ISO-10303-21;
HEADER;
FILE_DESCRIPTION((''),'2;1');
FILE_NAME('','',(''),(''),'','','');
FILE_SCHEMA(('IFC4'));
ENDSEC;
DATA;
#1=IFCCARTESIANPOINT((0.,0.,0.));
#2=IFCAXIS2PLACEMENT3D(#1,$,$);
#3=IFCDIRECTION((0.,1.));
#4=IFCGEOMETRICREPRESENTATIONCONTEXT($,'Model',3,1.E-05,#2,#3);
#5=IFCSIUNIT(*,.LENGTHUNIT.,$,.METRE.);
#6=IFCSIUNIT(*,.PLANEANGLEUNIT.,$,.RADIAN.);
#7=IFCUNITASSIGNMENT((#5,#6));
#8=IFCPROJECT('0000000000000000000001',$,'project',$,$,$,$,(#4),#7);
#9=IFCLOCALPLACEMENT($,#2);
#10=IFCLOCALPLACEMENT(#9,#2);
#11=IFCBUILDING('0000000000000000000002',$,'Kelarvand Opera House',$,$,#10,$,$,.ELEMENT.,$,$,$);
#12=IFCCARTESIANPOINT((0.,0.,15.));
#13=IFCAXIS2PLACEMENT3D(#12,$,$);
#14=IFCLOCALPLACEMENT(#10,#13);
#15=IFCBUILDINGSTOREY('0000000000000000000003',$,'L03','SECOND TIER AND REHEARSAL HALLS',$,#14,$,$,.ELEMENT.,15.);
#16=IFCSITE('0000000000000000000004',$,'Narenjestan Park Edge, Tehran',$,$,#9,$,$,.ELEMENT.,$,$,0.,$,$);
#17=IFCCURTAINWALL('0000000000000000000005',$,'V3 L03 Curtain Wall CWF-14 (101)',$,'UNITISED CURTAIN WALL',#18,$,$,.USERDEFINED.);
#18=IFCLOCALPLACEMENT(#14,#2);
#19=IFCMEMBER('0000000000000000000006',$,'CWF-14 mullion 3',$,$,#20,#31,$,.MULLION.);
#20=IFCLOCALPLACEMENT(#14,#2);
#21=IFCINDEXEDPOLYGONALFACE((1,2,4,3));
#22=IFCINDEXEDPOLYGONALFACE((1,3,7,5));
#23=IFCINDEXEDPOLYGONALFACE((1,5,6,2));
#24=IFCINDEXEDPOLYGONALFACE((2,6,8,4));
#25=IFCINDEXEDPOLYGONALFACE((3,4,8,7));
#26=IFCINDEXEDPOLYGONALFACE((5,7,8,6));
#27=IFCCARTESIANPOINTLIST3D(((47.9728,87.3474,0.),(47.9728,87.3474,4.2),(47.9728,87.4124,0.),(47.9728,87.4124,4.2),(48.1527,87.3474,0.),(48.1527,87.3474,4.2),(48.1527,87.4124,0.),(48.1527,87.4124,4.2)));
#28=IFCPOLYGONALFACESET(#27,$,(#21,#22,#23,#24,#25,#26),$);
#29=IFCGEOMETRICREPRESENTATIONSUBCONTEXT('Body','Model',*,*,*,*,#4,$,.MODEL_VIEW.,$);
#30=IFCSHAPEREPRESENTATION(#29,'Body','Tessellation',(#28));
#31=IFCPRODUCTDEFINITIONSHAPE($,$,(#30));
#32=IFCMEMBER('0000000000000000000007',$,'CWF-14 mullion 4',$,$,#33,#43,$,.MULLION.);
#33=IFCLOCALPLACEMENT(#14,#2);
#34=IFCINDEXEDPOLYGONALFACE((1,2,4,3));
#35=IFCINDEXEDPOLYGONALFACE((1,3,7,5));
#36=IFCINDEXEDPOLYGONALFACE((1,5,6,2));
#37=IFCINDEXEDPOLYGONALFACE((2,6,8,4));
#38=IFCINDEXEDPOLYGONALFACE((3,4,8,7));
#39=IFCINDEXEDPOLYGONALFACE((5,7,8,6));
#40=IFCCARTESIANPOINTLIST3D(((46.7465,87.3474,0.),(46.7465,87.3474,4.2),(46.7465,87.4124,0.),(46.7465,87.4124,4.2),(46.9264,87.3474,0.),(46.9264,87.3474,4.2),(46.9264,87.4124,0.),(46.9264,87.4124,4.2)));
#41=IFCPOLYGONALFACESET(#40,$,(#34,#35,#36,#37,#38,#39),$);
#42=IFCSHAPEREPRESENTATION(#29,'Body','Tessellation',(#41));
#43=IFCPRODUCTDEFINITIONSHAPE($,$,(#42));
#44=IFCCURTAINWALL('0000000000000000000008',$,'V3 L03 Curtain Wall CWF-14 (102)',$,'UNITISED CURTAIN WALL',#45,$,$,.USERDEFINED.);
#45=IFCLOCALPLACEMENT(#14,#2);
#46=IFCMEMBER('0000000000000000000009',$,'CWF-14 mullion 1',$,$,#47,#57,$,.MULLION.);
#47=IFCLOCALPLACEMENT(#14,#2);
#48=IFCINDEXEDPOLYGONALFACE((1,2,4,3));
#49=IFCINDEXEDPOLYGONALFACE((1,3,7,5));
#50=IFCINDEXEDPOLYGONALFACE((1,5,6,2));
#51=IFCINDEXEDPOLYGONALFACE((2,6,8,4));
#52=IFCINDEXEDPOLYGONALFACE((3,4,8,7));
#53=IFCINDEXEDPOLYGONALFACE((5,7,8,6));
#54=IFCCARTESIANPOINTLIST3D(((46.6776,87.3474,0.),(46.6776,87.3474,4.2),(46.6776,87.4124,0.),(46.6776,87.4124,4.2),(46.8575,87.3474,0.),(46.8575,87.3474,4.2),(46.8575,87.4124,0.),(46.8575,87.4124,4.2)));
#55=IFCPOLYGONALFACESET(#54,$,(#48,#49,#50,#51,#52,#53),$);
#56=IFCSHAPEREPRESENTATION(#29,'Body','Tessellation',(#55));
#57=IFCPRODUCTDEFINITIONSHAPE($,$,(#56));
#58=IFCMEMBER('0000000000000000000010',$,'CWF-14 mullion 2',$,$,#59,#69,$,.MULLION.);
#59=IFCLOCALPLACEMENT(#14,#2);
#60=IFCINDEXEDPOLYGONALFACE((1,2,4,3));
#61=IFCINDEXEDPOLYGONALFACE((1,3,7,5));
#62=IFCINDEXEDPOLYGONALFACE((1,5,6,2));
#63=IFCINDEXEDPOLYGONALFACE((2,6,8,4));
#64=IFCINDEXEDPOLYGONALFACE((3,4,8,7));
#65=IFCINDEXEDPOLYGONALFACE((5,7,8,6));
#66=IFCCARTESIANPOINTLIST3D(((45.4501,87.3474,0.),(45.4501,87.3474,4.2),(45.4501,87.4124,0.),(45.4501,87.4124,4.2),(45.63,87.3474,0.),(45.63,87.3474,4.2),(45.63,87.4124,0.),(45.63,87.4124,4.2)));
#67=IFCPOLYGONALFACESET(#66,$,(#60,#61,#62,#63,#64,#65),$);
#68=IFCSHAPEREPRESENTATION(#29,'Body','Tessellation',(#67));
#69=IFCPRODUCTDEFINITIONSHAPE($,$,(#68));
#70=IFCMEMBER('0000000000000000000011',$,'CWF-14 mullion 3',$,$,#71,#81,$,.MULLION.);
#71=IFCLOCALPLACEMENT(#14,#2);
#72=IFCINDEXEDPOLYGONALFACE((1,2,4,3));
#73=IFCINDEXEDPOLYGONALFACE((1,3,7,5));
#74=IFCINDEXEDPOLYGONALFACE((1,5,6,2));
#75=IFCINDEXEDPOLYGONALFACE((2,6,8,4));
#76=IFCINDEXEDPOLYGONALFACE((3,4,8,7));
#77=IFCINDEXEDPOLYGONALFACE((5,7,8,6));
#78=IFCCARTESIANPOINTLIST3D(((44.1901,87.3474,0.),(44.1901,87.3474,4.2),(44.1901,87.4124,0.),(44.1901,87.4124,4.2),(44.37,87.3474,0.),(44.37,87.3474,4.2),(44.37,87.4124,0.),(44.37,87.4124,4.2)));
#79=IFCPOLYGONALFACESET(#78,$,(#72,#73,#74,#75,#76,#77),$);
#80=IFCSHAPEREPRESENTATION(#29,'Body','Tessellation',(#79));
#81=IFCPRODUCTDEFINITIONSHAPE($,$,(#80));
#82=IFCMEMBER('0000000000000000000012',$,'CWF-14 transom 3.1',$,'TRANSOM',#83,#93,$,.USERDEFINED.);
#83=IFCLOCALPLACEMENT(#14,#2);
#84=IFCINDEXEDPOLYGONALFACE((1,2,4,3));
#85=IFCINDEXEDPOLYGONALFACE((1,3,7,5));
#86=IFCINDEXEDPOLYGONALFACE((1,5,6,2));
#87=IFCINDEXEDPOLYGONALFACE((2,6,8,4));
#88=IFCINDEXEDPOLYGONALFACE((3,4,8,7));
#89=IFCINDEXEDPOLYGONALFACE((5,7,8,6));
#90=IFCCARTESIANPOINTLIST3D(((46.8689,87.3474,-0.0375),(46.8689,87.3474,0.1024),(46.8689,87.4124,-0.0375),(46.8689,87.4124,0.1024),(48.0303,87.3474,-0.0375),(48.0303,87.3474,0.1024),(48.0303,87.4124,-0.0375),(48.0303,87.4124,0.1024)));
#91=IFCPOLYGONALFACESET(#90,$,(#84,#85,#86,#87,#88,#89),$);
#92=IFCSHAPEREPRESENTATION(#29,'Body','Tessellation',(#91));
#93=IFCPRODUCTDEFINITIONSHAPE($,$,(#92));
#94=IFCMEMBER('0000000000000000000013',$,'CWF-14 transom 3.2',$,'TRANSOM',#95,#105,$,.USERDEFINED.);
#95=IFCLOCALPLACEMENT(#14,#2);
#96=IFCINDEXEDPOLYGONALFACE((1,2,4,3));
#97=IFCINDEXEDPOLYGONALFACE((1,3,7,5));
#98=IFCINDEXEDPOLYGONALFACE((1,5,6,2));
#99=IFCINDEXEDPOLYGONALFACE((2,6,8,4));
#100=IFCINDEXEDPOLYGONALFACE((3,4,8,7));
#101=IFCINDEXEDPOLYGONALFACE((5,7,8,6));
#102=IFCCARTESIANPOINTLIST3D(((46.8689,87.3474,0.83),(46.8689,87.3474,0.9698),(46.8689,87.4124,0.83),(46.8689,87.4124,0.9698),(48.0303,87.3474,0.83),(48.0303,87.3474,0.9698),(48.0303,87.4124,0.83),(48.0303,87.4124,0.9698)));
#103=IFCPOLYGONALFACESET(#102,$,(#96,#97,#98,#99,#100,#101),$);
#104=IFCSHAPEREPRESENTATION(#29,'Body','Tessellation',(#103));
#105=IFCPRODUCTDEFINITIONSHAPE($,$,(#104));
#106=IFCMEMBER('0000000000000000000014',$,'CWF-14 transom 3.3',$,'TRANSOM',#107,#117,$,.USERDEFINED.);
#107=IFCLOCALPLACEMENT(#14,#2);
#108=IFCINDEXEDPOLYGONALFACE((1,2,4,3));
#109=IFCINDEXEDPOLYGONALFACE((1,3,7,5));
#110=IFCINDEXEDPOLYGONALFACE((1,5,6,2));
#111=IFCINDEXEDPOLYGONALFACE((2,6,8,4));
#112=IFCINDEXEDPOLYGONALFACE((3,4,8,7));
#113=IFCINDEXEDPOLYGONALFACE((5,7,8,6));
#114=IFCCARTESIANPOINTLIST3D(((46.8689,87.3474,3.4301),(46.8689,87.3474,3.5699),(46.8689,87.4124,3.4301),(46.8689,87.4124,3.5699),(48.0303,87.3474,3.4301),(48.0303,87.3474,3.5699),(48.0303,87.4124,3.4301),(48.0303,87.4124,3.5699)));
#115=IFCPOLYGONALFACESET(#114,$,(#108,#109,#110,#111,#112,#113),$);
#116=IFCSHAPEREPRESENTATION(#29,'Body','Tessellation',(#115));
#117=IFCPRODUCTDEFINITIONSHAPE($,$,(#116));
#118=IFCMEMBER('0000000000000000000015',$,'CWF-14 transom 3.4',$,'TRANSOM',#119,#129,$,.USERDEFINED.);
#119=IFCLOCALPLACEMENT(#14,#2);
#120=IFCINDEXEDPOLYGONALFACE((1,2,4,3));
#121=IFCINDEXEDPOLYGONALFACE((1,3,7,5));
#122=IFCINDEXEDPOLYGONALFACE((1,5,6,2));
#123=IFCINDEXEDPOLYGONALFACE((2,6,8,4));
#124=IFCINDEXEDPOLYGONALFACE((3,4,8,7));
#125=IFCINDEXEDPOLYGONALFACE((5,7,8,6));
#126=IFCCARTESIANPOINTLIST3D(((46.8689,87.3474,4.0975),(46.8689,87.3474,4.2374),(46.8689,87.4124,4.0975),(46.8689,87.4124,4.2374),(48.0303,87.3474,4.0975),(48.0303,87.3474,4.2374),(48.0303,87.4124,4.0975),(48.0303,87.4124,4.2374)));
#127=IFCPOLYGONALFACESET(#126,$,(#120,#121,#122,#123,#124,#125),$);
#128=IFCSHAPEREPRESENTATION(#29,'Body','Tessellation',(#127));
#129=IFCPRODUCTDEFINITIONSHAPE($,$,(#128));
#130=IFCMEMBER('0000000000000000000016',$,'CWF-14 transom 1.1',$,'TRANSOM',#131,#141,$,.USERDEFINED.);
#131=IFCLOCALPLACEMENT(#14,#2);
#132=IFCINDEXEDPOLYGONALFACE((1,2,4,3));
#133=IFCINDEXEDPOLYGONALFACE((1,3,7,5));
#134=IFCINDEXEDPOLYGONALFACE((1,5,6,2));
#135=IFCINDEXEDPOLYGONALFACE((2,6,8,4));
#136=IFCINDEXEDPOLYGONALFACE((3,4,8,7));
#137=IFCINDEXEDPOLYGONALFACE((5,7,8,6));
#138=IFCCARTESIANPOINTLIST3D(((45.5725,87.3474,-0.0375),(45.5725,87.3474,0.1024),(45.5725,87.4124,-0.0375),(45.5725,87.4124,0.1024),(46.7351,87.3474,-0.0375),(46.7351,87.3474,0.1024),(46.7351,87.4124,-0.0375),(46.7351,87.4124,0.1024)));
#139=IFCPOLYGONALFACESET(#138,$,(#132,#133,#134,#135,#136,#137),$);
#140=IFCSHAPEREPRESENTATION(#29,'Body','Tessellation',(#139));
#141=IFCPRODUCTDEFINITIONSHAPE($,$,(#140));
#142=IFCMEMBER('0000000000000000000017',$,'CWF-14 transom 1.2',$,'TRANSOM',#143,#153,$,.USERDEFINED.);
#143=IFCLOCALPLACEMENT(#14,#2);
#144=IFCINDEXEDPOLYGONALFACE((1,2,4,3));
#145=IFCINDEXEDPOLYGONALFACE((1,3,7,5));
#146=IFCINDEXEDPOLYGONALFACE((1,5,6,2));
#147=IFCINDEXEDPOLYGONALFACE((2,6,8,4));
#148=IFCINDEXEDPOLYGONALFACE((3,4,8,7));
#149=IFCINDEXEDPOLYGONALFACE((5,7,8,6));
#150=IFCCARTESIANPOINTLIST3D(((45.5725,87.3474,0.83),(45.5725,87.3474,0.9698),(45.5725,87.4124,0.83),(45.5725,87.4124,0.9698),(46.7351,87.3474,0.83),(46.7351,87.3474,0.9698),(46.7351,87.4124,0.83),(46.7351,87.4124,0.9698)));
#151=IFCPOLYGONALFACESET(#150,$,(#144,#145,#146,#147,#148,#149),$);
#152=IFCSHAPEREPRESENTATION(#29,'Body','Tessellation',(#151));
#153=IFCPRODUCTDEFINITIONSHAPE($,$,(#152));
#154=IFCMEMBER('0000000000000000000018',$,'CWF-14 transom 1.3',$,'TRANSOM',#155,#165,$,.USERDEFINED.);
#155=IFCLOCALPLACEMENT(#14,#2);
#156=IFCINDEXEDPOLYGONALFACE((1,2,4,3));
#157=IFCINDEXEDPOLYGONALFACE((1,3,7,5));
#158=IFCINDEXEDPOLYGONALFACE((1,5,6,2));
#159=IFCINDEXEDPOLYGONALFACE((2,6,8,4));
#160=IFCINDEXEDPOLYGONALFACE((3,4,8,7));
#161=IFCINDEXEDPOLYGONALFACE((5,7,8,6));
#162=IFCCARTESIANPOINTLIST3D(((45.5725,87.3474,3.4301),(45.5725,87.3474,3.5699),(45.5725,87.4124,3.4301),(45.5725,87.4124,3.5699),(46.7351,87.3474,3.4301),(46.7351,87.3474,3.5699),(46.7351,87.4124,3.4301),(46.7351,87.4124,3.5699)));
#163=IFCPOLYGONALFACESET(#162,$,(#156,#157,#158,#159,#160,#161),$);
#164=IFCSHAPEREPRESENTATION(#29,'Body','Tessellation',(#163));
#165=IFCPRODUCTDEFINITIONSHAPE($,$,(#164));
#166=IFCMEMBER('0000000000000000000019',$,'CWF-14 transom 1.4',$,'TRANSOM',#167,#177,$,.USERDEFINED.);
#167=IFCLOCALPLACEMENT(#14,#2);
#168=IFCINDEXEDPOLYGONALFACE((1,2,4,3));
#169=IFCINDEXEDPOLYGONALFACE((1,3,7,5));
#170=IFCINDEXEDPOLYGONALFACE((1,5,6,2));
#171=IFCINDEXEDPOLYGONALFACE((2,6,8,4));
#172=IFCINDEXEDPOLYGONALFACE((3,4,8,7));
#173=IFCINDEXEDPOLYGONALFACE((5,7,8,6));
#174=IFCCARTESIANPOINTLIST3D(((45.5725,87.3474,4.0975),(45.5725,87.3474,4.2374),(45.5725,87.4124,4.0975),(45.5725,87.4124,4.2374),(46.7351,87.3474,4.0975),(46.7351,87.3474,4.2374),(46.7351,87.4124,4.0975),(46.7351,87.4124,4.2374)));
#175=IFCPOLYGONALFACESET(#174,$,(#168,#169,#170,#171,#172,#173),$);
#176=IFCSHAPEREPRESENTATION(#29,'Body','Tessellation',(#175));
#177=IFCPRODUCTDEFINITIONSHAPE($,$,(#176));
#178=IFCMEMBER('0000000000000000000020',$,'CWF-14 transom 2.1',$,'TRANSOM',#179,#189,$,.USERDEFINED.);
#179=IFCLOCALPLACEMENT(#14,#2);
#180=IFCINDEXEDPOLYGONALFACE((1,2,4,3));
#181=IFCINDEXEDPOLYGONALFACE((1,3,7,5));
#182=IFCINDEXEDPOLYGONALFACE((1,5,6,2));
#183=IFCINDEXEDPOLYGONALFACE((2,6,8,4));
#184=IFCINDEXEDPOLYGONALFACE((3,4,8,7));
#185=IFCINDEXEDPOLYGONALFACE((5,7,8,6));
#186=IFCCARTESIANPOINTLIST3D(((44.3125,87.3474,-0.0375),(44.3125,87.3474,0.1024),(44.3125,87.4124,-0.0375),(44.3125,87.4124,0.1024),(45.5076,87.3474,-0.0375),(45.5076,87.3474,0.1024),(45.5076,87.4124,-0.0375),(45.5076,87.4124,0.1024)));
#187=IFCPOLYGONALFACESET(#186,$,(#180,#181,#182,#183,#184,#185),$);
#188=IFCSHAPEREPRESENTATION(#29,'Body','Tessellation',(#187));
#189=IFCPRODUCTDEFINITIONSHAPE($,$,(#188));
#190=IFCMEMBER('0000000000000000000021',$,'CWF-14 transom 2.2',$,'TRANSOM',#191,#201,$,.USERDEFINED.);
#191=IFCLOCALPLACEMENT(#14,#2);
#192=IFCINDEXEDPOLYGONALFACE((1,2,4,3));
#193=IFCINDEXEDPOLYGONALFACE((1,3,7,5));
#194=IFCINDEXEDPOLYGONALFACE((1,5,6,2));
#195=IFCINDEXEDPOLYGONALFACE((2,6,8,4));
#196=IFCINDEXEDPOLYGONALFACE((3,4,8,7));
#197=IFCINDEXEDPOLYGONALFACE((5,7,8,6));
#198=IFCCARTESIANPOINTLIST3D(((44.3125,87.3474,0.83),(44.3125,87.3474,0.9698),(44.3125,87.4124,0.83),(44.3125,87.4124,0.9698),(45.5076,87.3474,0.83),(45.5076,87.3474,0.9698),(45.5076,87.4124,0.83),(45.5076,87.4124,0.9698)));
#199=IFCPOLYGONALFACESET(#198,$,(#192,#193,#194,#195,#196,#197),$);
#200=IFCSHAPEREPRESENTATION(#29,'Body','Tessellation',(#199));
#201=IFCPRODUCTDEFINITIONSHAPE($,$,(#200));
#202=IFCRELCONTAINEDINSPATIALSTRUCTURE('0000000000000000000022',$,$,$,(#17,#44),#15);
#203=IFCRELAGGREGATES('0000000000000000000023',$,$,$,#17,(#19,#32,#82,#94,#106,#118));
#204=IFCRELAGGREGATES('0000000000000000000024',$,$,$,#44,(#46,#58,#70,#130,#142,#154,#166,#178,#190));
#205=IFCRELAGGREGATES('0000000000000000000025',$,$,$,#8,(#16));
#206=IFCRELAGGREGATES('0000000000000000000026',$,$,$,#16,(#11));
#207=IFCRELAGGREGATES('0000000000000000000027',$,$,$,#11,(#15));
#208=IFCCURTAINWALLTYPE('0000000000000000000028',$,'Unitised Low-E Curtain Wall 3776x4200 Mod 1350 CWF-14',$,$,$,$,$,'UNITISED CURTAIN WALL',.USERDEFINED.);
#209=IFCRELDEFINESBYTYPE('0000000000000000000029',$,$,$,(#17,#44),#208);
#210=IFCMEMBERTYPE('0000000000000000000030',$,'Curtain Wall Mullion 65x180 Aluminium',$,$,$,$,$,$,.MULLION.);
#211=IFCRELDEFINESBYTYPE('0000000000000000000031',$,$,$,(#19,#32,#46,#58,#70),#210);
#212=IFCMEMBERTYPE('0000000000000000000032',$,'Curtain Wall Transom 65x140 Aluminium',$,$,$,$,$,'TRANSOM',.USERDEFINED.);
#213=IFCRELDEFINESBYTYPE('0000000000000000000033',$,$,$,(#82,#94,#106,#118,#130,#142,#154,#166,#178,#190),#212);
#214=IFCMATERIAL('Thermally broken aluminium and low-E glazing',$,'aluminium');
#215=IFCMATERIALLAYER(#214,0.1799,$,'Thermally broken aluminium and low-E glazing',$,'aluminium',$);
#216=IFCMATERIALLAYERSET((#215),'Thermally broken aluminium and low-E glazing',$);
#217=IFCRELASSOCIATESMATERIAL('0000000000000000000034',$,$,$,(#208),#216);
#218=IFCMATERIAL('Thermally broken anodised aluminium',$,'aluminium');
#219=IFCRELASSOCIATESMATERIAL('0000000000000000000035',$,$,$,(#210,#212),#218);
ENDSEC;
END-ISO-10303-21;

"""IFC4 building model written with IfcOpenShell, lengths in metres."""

from ifc_helpers import new_model, si_unit, direction, frame, origin, origin_2d, place, context, subcontext, project, spatial, rectangle, extrude, material, layer, layer_set, material_profile, profile_set, type_object, element, aggregate, save


model = new_model("IFC4")

# Units and contexts
model_context = context("Model", 3, precision=1e-05, world=origin(), true_north=direction((0.0, 1.0)))
body_context = subcontext(model_context, "Body", "Model", "MODEL_VIEW")
ifc_project = project(units=[si_unit("LENGTHUNIT", "METRE"), si_unit("PLANEANGLEUNIT", "RADIAN")], contexts=[model_context])

# Site, building, storey
site_placement = place(None, origin())
site = spatial("IfcSite", under=ifc_project, at=site_placement, Name="Narenjestan Park Edge, Tehran", CompositionType="ELEMENT", RefElevation=0.0)
building_placement = place(site_placement, origin())
building = spatial("IfcBuilding", under=site, at=building_placement, Name="Kelarvand Opera House", CompositionType="ELEMENT")
storey_placement = place(building_placement, frame((0.0, 0.0, 15.0)))
storey = spatial("IfcBuildingStorey", under=building, at=storey_placement, Name="L03", Description="SECOND TIER AND REHEARSAL HALLS", CompositionType="ELEMENT", Elevation=15.0)

# Curtain walls, members
ifc_material_1 = material(Name="Thermally broken aluminium and low-E glazing", Category="aluminium")
ifc_layer_1 = layer(ifc_material_1, 0.1799, Name="Thermally broken aluminium and low-E glazing", Category="aluminium")
ifc_layer_set_1 = layer_set([ifc_layer_1], Name="Thermally broken aluminium and low-E glazing")
curtain_wall_type = type_object("IfcCurtainWallType", Name="Unitised Low-E Curtain Wall 3776x4200 Mod 1350 CWF-14", ElementType="UNITISED CURTAIN WALL", PredefinedType="USERDEFINED", material=ifc_layer_set_1)
curtain_wall_1_placement = place(storey_placement, origin())
curtain_wall_1 = element("IfcCurtainWall", 1, at=curtain_wall_1_placement, inside=storey, type_object=curtain_wall_type, Name="V3 L03 Curtain Wall CWF-14 (101)", ObjectType="UNITISED CURTAIN WALL", PredefinedType="USERDEFINED")
ifc_material_2 = material(Name="Thermally broken anodised aluminium", Category="aluminium")
ifc_material_profile_1 = material_profile(ifc_material_2, rectangle(XDim=0.0649, YDim=0.1799, at=origin_2d()), Name="ALU MULLION 65x180", Category="aluminium")
ifc_profile_set_1 = profile_set([ifc_material_profile_1], Name="Thermally broken anodised aluminium")
member_type_1 = type_object("IfcMemberType", Name="Curtain Wall Mullion 65x180 Aluminium", PredefinedType="MULLION", material=ifc_profile_set_1)
member_1_placement = place(storey_placement, frame((48.0627, 87.3799, 0.0), z_axis=(0.0, 0.0, 1.0), x_axis=(0.0, -1.0, 0.0)))
member_1 = element("IfcMember", 2, at=member_1_placement, type_object=member_type_1, Name="CWF-14 mullion 3", PredefinedType="MULLION", context=body_context, shape_type="SweptSolid", body=[
    extrude(rectangle(XDim=0.0649, YDim=0.1799, at=origin_2d()), origin(), (0.0, 0.0, 1.0), 4.2),
])
member_2_placement = place(storey_placement, frame((46.8364, 87.3799, 0.0), z_axis=(0.0, 0.0, 1.0), x_axis=(0.0, -1.0, 0.0)))
member_2 = element("IfcMember", 3, at=member_2_placement, type_object=member_type_1, Name="CWF-14 mullion 4", PredefinedType="MULLION", context=body_context, shape_type="SweptSolid", body=[
    extrude(rectangle(XDim=0.0649, YDim=0.1799, at=origin_2d()), origin(), (0.0, 0.0, 1.0), 4.2),
])
curtain_wall_2_placement = place(storey_placement, origin())
curtain_wall_2 = element("IfcCurtainWall", 4, at=curtain_wall_2_placement, inside=storey, type_object=curtain_wall_type, Name="V3 L03 Curtain Wall CWF-14 (102)", ObjectType="UNITISED CURTAIN WALL", PredefinedType="USERDEFINED")
member_3_placement = place(storey_placement, frame((46.7676, 87.3799, 0.0), z_axis=(0.0, 0.0, 1.0), x_axis=(0.0, -1.0, 0.0)))
member_3 = element("IfcMember", 5, at=member_3_placement, type_object=member_type_1, Name="CWF-14 mullion 1", PredefinedType="MULLION", context=body_context, shape_type="SweptSolid", body=[
    extrude(rectangle(XDim=0.0649, YDim=0.1799, at=origin_2d()), origin(), (0.0, 0.0, 1.0), 4.2),
])
member_4_placement = place(storey_placement, frame((45.54, 87.3799, 0.0), z_axis=(0.0, 0.0, 1.0), x_axis=(0.0, -1.0, 0.0)))
member_4 = element("IfcMember", 6, at=member_4_placement, type_object=member_type_1, Name="CWF-14 mullion 2", PredefinedType="MULLION", context=body_context, shape_type="SweptSolid", body=[
    extrude(rectangle(XDim=0.0649, YDim=0.1799, at=origin_2d()), origin(), (0.0, 0.0, 1.0), 4.2),
])
member_5_placement = place(storey_placement, frame((44.28, 87.3799, 0.0), z_axis=(0.0, 0.0, 1.0), x_axis=(0.0, -1.0, 0.0)))
member_5 = element("IfcMember", 7, at=member_5_placement, type_object=member_type_1, Name="CWF-14 mullion 3", PredefinedType="MULLION", context=body_context, shape_type="SweptSolid", body=[
    extrude(rectangle(XDim=0.0649, YDim=0.1799, at=origin_2d()), origin(), (0.0, 0.0, 1.0), 4.2),
])

# Members
ifc_material_profile_2 = material_profile(ifc_material_2, rectangle(XDim=0.0649, YDim=0.1399, at=origin_2d()), Name="ALU TRANSOM 65x140", Category="aluminium")
ifc_profile_set_2 = profile_set([ifc_material_profile_2], Name="Thermally broken anodised aluminium")
member_type_2 = type_object("IfcMemberType", Name="Curtain Wall Transom 65x140 Aluminium", ElementType="TRANSOM", PredefinedType="USERDEFINED", material=ifc_profile_set_2)
member_6_placement = place(storey_placement, frame((48.0303, 87.3799, 0.0325), z_axis=(-1.0, 0.0, 0.0), x_axis=(0.0, -1.0, 0.0)))
member_6 = element("IfcMember", 8, at=member_6_placement, type_object=member_type_2, Name="CWF-14 transom 3.1", ObjectType="TRANSOM", PredefinedType="USERDEFINED", context=body_context, shape_type="SweptSolid", body=[
    extrude(rectangle(XDim=0.0649, YDim=0.1399, at=origin_2d()), origin(), (0.0, 0.0, 1.0), 1.1614),
])
member_7_placement = place(storey_placement, frame((48.0303, 87.3799, 0.8999), z_axis=(-1.0, 0.0, 0.0), x_axis=(0.0, -1.0, 0.0)))
member_7 = element("IfcMember", 9, at=member_7_placement, type_object=member_type_2, Name="CWF-14 transom 3.2", ObjectType="TRANSOM", PredefinedType="USERDEFINED", context=body_context, shape_type="SweptSolid", body=[
    extrude(rectangle(XDim=0.0649, YDim=0.1399, at=origin_2d()), origin(), (0.0, 0.0, 1.0), 1.1614),
])
member_8_placement = place(storey_placement, frame((48.0303, 87.3799, 3.5), z_axis=(-1.0, 0.0, 0.0), x_axis=(0.0, -1.0, 0.0)))
member_8 = element("IfcMember", 10, at=member_8_placement, type_object=member_type_2, Name="CWF-14 transom 3.3", ObjectType="TRANSOM", PredefinedType="USERDEFINED", context=body_context, shape_type="SweptSolid", body=[
    extrude(rectangle(XDim=0.0649, YDim=0.1399, at=origin_2d()), origin(), (0.0, 0.0, 1.0), 1.1614),
])
member_9_placement = place(storey_placement, frame((48.0303, 87.3799, 4.1675), z_axis=(-1.0, 0.0, 0.0), x_axis=(0.0, -1.0, 0.0)))
member_9 = element("IfcMember", 11, at=member_9_placement, type_object=member_type_2, Name="CWF-14 transom 3.4", ObjectType="TRANSOM", PredefinedType="USERDEFINED", context=body_context, shape_type="SweptSolid", body=[
    extrude(rectangle(XDim=0.0649, YDim=0.1399, at=origin_2d()), origin(), (0.0, 0.0, 1.0), 1.1614),
])
member_10_placement = place(storey_placement, frame((46.7351, 87.3799, 0.0325), z_axis=(-1.0, 0.0, 0.0), x_axis=(0.0, -1.0, 0.0)))
member_10 = element("IfcMember", 12, at=member_10_placement, type_object=member_type_2, Name="CWF-14 transom 1.1", ObjectType="TRANSOM", PredefinedType="USERDEFINED", context=body_context, shape_type="SweptSolid", body=[
    extrude(rectangle(XDim=0.0649, YDim=0.1399, at=origin_2d()), origin(), (0.0, 0.0, 1.0), 1.1626),
])
member_11_placement = place(storey_placement, frame((46.7351, 87.3799, 0.8999), z_axis=(-1.0, 0.0, 0.0), x_axis=(0.0, -1.0, 0.0)))
member_11 = element("IfcMember", 13, at=member_11_placement, type_object=member_type_2, Name="CWF-14 transom 1.2", ObjectType="TRANSOM", PredefinedType="USERDEFINED", context=body_context, shape_type="SweptSolid", body=[
    extrude(rectangle(XDim=0.0649, YDim=0.1399, at=origin_2d()), origin(), (0.0, 0.0, 1.0), 1.1626),
])
member_12_placement = place(storey_placement, frame((46.7351, 87.3799, 3.5), z_axis=(-1.0, 0.0, 0.0), x_axis=(0.0, -1.0, 0.0)))
member_12 = element("IfcMember", 14, at=member_12_placement, type_object=member_type_2, Name="CWF-14 transom 1.3", ObjectType="TRANSOM", PredefinedType="USERDEFINED", context=body_context, shape_type="SweptSolid", body=[
    extrude(rectangle(XDim=0.0649, YDim=0.1399, at=origin_2d()), origin(), (0.0, 0.0, 1.0), 1.1626),
])
member_13_placement = place(storey_placement, frame((46.7351, 87.3799, 4.1675), z_axis=(-1.0, 0.0, 0.0), x_axis=(0.0, -1.0, 0.0)))
member_13 = element("IfcMember", 15, at=member_13_placement, type_object=member_type_2, Name="CWF-14 transom 1.4", ObjectType="TRANSOM", PredefinedType="USERDEFINED", context=body_context, shape_type="SweptSolid", body=[
    extrude(rectangle(XDim=0.0649, YDim=0.1399, at=origin_2d()), origin(), (0.0, 0.0, 1.0), 1.1626),
])
member_14_placement = place(storey_placement, frame((45.5076, 87.3799, 0.0325), z_axis=(-1.0, 0.0, 0.0), x_axis=(0.0, -1.0, 0.0)))
member_14 = element("IfcMember", 16, at=member_14_placement, type_object=member_type_2, Name="CWF-14 transom 2.1", ObjectType="TRANSOM", PredefinedType="USERDEFINED", context=body_context, shape_type="SweptSolid", body=[
    extrude(rectangle(XDim=0.0649, YDim=0.1399, at=origin_2d()), origin(), (0.0, 0.0, 1.0), 1.1951),
])
member_15_placement = place(storey_placement, frame((45.5076, 87.3799, 0.8999), z_axis=(-1.0, 0.0, 0.0), x_axis=(0.0, -1.0, 0.0)))
member_15 = element("IfcMember", 17, at=member_15_placement, type_object=member_type_2, Name="CWF-14 transom 2.2", ObjectType="TRANSOM", PredefinedType="USERDEFINED", context=body_context, shape_type="SweptSolid", body=[
    extrude(rectangle(XDim=0.0649, YDim=0.1399, at=origin_2d()), origin(), (0.0, 0.0, 1.0), 1.1951),
])

aggregate(curtain_wall_1, [member_1, member_2, member_6, member_7, member_8, member_9])
aggregate(curtain_wall_2, [member_3, member_4, member_5, member_10, member_11, member_12, member_13, member_14, member_15])

save(model, "model.ifc")
